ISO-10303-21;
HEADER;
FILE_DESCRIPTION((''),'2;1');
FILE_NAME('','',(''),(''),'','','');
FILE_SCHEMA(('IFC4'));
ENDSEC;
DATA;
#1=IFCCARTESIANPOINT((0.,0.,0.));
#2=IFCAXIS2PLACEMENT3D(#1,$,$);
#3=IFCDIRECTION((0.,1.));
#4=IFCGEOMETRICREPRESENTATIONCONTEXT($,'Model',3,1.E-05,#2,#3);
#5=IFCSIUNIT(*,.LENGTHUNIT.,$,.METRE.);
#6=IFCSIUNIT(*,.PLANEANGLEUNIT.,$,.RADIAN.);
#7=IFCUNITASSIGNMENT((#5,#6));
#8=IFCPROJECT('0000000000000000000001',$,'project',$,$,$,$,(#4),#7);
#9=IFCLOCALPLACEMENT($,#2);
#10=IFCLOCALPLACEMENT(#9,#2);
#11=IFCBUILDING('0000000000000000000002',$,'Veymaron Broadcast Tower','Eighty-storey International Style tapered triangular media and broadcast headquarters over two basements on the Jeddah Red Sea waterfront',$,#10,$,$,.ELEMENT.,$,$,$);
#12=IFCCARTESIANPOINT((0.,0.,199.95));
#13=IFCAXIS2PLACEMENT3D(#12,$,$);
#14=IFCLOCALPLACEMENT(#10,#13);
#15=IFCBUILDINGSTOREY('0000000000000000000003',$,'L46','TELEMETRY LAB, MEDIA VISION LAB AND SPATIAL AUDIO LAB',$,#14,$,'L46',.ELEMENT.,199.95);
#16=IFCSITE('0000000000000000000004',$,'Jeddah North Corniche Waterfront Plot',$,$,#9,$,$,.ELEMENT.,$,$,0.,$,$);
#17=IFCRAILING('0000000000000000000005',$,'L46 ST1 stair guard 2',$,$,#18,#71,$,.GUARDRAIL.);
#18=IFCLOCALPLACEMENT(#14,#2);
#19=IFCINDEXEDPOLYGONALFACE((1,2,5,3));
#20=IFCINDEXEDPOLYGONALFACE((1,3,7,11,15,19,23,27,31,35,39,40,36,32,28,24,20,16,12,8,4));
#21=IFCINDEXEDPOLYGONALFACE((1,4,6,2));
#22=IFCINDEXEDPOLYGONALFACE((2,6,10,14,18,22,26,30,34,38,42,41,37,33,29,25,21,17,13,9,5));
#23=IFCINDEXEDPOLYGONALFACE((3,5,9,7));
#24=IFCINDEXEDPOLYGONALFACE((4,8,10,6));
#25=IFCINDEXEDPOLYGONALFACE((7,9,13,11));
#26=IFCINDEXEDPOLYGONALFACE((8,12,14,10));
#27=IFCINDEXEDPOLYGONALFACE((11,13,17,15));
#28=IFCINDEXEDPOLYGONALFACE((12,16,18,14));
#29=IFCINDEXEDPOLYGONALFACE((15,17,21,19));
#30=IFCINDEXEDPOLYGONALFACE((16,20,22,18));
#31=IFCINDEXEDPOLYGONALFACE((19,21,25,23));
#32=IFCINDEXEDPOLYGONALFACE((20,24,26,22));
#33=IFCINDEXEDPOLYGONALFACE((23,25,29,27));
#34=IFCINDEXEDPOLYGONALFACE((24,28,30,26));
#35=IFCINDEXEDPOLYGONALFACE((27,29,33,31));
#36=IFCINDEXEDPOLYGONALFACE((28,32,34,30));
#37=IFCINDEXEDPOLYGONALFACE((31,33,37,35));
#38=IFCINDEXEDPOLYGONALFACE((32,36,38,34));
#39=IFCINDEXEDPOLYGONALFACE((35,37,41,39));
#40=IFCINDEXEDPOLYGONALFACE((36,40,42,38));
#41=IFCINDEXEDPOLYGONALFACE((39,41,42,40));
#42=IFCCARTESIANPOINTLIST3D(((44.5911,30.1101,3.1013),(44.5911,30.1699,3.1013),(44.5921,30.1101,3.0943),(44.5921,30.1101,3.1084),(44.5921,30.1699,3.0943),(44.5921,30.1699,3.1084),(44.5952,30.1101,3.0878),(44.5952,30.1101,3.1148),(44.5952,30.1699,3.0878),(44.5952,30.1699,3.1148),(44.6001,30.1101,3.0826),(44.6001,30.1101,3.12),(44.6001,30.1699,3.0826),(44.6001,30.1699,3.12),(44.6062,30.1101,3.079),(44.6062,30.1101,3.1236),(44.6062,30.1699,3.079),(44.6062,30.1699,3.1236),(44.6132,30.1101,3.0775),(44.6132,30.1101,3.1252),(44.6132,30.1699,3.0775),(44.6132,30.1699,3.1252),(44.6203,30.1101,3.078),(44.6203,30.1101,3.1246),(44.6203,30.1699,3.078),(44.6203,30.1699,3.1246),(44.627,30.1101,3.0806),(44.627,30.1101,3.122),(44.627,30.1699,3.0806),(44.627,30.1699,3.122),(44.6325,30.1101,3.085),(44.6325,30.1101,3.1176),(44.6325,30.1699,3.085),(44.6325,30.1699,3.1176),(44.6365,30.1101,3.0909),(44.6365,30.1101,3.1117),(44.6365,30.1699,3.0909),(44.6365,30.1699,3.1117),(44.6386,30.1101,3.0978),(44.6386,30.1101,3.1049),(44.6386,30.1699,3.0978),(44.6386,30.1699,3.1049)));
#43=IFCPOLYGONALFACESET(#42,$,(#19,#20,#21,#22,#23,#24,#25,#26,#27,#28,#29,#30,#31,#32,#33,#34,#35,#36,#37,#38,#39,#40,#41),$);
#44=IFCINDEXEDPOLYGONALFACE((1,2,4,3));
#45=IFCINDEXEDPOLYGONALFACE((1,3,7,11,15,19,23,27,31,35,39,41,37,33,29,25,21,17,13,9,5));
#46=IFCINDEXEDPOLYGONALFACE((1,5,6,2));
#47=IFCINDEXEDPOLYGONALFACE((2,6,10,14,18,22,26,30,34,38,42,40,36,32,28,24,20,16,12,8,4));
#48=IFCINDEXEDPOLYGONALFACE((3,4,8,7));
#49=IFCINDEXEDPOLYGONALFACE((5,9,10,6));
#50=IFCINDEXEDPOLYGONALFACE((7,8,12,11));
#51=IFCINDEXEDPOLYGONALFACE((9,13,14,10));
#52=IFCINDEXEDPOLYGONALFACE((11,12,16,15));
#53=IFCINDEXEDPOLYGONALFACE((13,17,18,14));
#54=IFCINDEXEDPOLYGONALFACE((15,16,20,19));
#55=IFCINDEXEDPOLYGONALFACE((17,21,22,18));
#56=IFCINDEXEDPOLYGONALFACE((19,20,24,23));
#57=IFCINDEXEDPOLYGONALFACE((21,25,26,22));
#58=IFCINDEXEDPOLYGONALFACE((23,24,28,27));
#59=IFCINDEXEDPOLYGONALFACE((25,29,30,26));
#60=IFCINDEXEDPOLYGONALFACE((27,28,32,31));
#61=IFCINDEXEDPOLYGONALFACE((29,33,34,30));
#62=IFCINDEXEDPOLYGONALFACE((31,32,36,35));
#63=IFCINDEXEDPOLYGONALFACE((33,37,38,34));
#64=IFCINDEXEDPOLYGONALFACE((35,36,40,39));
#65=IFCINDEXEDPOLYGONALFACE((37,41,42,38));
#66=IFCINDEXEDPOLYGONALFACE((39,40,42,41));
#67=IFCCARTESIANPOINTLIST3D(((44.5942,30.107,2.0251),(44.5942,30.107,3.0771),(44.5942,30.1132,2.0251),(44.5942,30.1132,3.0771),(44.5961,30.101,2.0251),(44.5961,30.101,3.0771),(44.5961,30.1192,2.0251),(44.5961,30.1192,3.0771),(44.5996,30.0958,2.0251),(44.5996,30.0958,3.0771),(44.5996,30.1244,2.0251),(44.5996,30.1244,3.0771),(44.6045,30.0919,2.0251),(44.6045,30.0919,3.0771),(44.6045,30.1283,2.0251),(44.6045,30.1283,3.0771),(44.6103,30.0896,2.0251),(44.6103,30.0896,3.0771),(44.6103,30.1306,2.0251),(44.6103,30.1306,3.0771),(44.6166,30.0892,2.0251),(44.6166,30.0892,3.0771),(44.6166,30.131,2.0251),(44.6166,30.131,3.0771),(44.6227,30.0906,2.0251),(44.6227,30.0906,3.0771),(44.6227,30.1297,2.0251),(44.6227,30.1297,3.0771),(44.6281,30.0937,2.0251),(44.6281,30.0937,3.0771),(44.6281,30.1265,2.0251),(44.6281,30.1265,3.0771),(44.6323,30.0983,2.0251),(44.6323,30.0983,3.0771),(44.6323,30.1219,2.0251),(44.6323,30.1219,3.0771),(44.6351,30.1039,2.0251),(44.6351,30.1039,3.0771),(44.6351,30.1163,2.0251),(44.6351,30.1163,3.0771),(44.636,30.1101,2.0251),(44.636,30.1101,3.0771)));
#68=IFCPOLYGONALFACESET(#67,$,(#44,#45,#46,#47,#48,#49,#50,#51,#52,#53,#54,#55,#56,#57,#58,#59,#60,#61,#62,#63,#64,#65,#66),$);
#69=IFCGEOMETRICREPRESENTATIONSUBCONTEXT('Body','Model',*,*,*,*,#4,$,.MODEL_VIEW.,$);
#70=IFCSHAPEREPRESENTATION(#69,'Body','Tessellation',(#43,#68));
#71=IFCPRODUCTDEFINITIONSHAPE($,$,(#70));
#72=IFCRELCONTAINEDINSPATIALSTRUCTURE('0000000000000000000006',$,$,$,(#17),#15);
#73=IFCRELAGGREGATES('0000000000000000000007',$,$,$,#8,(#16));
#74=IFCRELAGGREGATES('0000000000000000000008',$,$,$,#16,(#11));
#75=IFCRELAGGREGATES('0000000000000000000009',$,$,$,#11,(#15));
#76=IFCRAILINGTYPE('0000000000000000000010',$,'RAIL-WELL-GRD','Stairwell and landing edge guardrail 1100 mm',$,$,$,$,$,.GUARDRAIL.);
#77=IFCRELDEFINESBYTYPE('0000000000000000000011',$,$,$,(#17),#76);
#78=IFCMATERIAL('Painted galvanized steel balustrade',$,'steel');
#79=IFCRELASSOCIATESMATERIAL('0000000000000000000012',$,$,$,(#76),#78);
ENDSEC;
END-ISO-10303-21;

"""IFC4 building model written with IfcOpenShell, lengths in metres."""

from ifc_helpers import new_model, si_unit, direction, frame, origin, origin_2d, place, context, subcontext, project, spatial, circle, extrude, material, type_object, element, save


model = new_model("IFC4")

# Units and contexts
model_context = context("Model", 3, precision=1e-05, world=origin(), true_north=direction((0.0, 1.0)))
body_context = subcontext(model_context, "Body", "Model", "MODEL_VIEW")
ifc_project = project(units=[si_unit("LENGTHUNIT", "METRE"), si_unit("PLANEANGLEUNIT", "RADIAN")], contexts=[model_context])

# Site, building, storey
site_placement = place(None, origin())
site = spatial("IfcSite", under=ifc_project, at=site_placement, Name="Jeddah North Corniche Waterfront Plot", CompositionType="ELEMENT", RefElevation=0.0)
building_placement = place(site_placement, origin())
building = spatial("IfcBuilding", under=site, at=building_placement, Name="Veymaron Broadcast Tower", Description="Eighty-storey International Style tapered triangular media and broadcast headquarters over two basements on the Jeddah Red Sea waterfront", CompositionType="ELEMENT")
storey_placement = place(building_placement, frame((0.0, 0.0, 199.95)))
storey = spatial("IfcBuildingStorey", under=building, at=storey_placement, Name="L46", Description="TELEMETRY LAB, MEDIA VISION LAB AND SPATIAL AUDIO LAB", LongName="L46", CompositionType="ELEMENT", Elevation=199.95)

# Railing
ifc_material_1 = material(Name="Painted galvanized steel balustrade", Category="steel")
railing_type_1 = type_object("IfcRailingType", Name="RAIL-WELL-GRD", Description="Stairwell and landing edge guardrail 1100 mm", PredefinedType="GUARDRAIL", material=ifc_material_1)
railing_1_placement = place(storey_placement, frame((44.615, 30.1101, 2.0251)))
element("IfcRailing", 1, at=railing_1_placement, inside=storey, type_object=railing_type_1, Name="L46 ST1 stair guard 2", PredefinedType="GUARDRAIL", context=body_context, shape_type="SweptSolid", body=[
    extrude(circle(Radius=0.0239, at=origin_2d()), frame((0.0, 0.0, 1.0762), z_axis=(0.0, 1.0, 0.0), x_axis=(-1.0, 0.0, 0.0)), (0.0, 0.0, 1.0), 0.0598),
    extrude(circle(Radius=0.021, at=origin_2d()), origin(), (0.0, 0.0, 1.0), 1.052),
])

save(model, "model.ifc")
